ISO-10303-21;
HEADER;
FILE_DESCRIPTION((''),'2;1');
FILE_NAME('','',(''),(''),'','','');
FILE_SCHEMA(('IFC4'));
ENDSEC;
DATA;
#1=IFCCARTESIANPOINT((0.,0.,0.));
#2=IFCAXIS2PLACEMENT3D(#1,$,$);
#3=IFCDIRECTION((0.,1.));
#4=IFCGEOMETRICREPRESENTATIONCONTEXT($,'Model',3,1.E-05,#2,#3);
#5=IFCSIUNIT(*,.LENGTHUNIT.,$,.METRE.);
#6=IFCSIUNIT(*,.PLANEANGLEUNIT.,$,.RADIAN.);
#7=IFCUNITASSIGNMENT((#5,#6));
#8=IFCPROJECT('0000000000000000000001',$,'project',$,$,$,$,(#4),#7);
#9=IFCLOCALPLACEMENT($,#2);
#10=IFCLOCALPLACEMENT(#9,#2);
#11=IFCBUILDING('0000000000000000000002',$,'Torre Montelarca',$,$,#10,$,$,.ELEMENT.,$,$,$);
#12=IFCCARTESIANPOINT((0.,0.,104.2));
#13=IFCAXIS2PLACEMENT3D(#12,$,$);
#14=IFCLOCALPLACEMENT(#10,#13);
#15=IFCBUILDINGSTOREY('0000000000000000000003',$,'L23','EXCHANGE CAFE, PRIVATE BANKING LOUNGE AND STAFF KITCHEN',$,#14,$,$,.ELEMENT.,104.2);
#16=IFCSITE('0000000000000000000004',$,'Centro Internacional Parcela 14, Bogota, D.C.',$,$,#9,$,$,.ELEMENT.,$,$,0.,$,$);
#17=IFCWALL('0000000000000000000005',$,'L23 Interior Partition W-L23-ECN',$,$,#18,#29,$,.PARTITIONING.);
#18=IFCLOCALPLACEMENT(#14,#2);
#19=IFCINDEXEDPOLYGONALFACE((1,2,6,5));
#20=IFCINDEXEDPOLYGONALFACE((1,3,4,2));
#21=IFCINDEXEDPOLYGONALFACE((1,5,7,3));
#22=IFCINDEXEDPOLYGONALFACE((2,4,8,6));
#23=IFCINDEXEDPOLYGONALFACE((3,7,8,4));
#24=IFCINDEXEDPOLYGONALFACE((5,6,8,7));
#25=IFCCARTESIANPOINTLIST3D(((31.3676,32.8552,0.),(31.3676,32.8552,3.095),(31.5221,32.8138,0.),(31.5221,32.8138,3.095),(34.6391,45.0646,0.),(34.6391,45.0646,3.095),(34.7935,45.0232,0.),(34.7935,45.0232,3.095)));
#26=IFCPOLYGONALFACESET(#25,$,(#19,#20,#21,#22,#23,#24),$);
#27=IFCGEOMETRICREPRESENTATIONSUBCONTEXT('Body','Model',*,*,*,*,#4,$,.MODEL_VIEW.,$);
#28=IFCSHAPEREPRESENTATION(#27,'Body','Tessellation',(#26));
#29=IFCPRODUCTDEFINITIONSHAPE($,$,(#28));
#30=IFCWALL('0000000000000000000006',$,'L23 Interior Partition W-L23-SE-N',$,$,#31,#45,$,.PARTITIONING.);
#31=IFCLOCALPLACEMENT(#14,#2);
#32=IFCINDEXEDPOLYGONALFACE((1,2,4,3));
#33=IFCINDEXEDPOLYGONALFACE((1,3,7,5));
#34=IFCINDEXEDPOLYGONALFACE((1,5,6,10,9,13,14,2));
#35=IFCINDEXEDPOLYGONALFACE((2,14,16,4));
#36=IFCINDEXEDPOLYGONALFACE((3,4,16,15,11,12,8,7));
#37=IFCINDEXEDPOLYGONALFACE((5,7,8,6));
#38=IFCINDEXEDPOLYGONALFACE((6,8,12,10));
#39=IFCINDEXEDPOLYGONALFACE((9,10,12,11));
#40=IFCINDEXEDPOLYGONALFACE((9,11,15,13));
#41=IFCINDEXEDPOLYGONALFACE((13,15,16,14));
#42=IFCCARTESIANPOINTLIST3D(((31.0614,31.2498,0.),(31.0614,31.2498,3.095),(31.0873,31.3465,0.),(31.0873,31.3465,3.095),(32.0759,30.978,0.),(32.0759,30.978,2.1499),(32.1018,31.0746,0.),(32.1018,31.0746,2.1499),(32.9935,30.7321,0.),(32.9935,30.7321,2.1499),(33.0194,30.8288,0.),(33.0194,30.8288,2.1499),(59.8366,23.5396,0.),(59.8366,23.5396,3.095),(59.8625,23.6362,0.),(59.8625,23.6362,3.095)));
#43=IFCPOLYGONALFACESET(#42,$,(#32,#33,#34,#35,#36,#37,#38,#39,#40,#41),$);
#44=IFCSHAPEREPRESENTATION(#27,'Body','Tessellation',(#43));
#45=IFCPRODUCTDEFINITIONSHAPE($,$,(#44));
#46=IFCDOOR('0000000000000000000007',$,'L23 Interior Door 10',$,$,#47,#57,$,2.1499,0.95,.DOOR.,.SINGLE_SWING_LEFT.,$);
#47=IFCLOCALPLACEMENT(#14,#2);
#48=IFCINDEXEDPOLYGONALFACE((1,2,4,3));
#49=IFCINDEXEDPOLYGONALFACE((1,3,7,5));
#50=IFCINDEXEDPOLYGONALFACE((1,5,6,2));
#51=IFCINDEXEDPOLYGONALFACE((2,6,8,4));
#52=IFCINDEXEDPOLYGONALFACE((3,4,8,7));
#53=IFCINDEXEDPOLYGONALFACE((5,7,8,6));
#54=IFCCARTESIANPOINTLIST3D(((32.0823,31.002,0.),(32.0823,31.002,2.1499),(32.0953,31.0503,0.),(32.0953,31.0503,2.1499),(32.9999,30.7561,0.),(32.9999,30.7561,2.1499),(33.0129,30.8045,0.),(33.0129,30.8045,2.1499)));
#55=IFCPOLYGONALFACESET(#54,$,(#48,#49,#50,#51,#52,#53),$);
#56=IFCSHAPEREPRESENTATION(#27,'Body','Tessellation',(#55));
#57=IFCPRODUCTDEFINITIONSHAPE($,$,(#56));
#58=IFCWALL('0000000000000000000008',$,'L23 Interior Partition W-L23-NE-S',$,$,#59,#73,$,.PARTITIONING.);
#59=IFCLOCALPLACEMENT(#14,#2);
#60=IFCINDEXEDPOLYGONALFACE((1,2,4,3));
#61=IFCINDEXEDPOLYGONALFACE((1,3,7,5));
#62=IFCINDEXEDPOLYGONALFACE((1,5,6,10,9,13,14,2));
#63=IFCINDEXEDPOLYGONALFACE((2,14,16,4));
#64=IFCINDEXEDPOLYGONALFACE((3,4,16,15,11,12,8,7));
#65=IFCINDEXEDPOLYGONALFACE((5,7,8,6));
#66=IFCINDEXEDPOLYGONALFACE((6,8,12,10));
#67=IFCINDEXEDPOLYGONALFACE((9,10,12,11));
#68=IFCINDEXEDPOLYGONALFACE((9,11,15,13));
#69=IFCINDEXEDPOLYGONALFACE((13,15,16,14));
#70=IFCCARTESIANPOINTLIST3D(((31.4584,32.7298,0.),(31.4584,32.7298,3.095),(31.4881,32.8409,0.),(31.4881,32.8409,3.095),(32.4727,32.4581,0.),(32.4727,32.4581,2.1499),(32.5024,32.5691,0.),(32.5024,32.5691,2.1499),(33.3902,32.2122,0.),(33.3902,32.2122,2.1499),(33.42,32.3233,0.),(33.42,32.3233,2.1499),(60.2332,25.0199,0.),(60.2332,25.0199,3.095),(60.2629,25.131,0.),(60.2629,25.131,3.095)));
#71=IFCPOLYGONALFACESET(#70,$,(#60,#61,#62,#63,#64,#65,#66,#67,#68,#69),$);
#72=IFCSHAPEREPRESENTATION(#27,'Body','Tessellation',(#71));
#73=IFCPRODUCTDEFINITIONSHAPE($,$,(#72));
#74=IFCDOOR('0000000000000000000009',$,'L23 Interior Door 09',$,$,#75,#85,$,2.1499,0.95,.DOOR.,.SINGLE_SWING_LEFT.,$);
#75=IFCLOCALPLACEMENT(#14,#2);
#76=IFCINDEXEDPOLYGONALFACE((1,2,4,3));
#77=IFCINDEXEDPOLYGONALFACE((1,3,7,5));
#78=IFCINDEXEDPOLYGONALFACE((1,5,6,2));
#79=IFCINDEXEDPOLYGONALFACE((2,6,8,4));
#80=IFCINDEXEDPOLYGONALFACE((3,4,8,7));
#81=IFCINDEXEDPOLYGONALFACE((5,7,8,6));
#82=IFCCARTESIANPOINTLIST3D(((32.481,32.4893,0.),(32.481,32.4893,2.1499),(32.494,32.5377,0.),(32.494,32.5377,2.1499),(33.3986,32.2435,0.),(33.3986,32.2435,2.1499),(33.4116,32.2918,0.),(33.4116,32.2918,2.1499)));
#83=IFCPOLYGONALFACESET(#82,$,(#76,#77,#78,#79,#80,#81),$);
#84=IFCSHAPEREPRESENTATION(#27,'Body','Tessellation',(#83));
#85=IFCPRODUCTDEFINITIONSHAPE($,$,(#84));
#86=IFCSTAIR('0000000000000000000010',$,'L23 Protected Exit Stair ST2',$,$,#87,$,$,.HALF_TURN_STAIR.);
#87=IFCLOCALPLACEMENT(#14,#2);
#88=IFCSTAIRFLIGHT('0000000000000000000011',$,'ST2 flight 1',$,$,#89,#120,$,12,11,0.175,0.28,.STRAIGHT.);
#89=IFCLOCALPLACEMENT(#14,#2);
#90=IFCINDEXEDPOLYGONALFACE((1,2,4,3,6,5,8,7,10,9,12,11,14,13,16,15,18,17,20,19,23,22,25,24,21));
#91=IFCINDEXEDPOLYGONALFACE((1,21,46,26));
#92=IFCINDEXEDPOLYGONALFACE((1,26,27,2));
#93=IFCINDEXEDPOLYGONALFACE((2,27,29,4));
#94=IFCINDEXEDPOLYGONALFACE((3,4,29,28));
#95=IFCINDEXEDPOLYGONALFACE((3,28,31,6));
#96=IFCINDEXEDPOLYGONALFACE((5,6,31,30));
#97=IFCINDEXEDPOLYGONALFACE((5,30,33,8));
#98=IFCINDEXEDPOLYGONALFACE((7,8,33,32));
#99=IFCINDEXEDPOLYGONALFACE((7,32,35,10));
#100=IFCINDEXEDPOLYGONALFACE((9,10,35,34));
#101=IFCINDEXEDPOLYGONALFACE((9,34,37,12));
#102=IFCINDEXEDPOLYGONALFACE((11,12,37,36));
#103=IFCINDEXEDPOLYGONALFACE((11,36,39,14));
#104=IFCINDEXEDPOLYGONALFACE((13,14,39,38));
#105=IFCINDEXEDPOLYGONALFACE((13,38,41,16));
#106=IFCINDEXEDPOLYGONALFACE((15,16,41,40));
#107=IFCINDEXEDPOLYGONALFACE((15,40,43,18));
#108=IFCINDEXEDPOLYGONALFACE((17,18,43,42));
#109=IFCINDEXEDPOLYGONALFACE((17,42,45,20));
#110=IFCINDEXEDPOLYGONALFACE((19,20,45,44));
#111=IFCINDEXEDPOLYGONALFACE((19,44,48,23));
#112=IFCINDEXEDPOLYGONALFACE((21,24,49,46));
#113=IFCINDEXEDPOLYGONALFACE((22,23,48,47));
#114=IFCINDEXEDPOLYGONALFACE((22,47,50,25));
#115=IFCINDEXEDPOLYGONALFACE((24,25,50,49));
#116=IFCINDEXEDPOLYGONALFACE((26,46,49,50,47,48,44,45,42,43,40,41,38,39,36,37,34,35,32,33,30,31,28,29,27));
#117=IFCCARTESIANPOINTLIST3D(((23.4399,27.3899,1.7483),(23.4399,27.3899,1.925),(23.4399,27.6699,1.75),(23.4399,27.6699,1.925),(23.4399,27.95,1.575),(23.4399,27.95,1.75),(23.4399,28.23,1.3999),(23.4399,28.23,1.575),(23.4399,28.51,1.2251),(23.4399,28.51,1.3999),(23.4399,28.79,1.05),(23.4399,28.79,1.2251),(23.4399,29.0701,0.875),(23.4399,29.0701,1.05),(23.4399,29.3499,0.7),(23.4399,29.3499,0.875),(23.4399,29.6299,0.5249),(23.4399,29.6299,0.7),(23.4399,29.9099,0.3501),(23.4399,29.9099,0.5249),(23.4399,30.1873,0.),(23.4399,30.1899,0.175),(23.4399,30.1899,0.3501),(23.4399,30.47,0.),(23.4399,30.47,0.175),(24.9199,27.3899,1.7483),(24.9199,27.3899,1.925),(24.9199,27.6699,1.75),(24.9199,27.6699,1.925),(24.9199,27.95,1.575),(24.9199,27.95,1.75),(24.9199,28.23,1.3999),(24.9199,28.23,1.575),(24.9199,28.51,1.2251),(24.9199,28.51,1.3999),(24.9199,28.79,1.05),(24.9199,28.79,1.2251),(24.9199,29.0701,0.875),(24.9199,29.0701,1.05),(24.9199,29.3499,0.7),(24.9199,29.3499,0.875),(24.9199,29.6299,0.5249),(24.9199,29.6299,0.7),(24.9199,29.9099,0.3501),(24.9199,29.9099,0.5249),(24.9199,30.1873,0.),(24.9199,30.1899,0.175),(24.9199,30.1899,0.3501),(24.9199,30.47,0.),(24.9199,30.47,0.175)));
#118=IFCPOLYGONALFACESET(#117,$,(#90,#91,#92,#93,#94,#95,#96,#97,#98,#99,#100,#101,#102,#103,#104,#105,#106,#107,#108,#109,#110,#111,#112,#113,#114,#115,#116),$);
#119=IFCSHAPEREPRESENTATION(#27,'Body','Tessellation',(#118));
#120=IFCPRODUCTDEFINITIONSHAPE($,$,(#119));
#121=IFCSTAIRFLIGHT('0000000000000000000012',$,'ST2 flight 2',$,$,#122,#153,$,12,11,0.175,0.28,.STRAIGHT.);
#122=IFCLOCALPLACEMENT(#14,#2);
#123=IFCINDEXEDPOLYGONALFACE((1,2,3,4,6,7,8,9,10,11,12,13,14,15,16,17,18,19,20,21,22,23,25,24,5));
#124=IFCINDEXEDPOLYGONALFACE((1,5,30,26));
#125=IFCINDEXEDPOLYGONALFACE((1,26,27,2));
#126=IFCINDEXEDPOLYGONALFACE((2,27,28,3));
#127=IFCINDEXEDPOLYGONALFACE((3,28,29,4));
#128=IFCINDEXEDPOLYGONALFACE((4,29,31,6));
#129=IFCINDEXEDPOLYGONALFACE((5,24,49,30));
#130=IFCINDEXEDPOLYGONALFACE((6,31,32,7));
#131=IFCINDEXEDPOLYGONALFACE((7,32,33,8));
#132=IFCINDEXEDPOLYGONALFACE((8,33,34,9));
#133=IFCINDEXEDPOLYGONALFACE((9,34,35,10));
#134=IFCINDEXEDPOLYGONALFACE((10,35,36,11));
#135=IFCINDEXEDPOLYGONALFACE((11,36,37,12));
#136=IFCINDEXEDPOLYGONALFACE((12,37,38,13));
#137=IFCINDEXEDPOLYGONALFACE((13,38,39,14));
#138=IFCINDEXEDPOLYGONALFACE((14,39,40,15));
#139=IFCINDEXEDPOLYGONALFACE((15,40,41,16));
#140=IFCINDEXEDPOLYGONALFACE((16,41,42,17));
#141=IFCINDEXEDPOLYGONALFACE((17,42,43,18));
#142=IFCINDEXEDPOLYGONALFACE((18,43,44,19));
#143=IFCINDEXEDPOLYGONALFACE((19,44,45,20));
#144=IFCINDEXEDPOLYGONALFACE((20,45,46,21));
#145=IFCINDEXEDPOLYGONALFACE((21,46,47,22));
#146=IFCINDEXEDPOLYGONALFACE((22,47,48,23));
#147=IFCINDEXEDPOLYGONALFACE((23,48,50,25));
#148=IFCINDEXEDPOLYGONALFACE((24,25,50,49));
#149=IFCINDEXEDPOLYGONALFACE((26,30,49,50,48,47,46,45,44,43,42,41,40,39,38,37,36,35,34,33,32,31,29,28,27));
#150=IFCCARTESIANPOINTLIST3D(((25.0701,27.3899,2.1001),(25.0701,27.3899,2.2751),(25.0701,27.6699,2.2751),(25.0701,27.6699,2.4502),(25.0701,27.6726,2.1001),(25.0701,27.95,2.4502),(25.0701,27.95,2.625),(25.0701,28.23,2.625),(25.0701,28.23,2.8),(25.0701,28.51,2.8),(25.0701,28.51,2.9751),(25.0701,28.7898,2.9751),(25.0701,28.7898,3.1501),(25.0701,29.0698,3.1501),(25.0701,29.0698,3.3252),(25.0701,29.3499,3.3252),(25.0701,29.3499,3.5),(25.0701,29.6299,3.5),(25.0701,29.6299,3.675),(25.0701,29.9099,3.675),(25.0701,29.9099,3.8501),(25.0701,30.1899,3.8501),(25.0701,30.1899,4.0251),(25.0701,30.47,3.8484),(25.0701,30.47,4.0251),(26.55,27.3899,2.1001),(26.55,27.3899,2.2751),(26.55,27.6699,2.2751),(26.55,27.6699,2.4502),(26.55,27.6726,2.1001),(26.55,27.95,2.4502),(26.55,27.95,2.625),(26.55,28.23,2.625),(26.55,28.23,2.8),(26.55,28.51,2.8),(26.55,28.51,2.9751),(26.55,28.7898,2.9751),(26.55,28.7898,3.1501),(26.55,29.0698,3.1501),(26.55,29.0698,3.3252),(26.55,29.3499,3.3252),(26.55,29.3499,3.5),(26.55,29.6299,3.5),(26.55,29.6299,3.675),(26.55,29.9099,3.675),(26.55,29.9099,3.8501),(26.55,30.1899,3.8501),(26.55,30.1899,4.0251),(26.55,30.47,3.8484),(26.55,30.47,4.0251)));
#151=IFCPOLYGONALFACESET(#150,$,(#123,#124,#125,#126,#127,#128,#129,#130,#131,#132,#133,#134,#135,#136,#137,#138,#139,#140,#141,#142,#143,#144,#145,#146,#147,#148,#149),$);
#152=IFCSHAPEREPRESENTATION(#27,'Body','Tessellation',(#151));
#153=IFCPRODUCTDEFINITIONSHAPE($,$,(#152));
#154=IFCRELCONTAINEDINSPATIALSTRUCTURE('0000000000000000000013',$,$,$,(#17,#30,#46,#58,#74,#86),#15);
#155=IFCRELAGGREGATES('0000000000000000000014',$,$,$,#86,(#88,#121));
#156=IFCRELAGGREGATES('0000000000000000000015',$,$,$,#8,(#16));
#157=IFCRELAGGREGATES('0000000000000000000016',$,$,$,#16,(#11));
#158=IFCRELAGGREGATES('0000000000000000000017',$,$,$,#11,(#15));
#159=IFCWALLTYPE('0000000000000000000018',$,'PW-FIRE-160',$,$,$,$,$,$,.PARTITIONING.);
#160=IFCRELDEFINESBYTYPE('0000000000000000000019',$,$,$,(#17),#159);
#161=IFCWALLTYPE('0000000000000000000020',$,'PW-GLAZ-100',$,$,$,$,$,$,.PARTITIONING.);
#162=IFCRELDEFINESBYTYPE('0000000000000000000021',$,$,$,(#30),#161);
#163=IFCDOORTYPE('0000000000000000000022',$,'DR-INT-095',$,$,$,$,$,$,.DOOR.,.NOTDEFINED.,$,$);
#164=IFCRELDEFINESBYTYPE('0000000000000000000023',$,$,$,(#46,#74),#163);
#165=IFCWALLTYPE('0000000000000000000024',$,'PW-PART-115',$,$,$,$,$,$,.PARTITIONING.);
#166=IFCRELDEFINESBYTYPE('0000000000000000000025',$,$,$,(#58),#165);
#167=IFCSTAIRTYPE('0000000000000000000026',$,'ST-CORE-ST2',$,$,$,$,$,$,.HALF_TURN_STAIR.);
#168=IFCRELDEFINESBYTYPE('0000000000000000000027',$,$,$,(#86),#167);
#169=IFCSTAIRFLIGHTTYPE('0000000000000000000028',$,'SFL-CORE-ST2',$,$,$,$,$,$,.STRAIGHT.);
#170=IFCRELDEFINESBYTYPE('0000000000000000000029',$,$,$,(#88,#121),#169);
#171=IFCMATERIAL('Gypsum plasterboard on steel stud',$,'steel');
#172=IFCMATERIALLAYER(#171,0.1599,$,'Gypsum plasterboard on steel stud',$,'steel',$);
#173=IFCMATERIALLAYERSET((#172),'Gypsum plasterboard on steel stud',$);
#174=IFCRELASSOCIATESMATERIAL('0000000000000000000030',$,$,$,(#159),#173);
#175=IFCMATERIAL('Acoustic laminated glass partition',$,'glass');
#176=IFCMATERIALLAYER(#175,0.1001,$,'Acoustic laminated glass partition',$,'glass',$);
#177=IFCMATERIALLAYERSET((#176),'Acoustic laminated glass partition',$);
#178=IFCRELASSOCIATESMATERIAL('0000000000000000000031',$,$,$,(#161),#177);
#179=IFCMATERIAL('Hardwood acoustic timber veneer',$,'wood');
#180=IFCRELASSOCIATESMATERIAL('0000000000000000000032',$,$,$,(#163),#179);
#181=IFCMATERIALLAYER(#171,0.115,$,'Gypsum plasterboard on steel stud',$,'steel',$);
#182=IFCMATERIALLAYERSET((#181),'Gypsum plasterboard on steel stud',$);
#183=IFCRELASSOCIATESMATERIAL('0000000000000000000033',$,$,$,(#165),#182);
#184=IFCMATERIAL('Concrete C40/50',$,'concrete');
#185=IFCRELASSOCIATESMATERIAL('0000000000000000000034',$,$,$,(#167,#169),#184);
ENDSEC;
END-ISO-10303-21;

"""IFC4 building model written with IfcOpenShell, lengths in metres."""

from ifc_helpers import new_model, si_unit, direction, frame, frame_2d, origin, place, context, subcontext, project, spatial, polyline, rectangle, outline, extrude, source, transform, mapped, material, layer, layer_set, type_object, element, fill, aggregate, save


model = new_model("IFC4")

# Units and contexts
model_context = context("Model", 3, precision=1e-05, world=origin(), true_north=direction((0.0, 1.0)))
body_context = subcontext(model_context, "Body", "Model", "MODEL_VIEW")
ifc_project = project(units=[si_unit("LENGTHUNIT", "METRE"), si_unit("PLANEANGLEUNIT", "RADIAN")], contexts=[model_context])

# Site, building, storey
site_placement = place(None, origin())
site = spatial("IfcSite", under=ifc_project, at=site_placement, Name="Centro Internacional Parcela 14, Bogota, D.C.", CompositionType="ELEMENT", RefElevation=0.0)
building_placement = place(site_placement, origin())
building = spatial("IfcBuilding", under=site, at=building_placement, Name="Torre Montelarca", CompositionType="ELEMENT")
storey_placement = place(building_placement, frame((0.0, 0.0, 104.2)))
storey = spatial("IfcBuildingStorey", under=building, at=storey_placement, Name="L23", Description="EXCHANGE CAFE, PRIVATE BANKING LOUNGE AND STAFF KITCHEN", CompositionType="ELEMENT", Elevation=104.2)

# Shared definitions
ifc_material_1 = material(Name="Concrete C40/50", Category="concrete")

# Wall
ifc_material_2 = material(Name="Gypsum plasterboard on steel stud", Category="steel")
ifc_layer_1 = layer(ifc_material_2, 0.1599, Name="Gypsum plasterboard on steel stud", Category="steel")
ifc_layer_set_1 = layer_set([ifc_layer_1], Name="Gypsum plasterboard on steel stud")
wall_type_1 = type_object("IfcWallType", Name="PW-FIRE-160", PredefinedType="PARTITIONING", material=ifc_layer_set_1)
wall_1_placement = place(storey_placement, frame((31.4448, 32.8345, 0.0), z_axis=(0.0, 0.0, 1.0), x_axis=(0.258817, 0.965926, 0.0)))
element("IfcWall", 1, at=wall_1_placement, inside=storey, type_object=wall_type_1, Name="L23 Interior Partition W-L23-ECN", PredefinedType="PARTITIONING", context=body_context, shape_type="SweptSolid", body=[
    extrude(rectangle(XDim=12.6401, YDim=0.1599, at=frame_2d((6.3201, 0.0))), origin(), (0.0, 0.0, 1.0), 3.095),
])

# Walls, openings, doors
ifc_material_3 = material(Name="Acoustic laminated glass partition", Category="glass")
ifc_layer_2 = layer(ifc_material_3, 0.1001, Name="Acoustic laminated glass partition", Category="glass")
ifc_layer_set_2 = layer_set([ifc_layer_2], Name="Acoustic laminated glass partition")
wall_type_2 = type_object("IfcWallType", Name="PW-GLAZ-100", PredefinedType="PARTITIONING", material=ifc_layer_set_2)
wall_2_placement = place(storey_placement, frame((31.0745, 31.2981, 0.0), z_axis=(0.0, 0.0, 1.0), x_axis=(0.965926, -0.258817, 0.0)))
wall_2 = element("IfcWall", 2, at=wall_2_placement, inside=storey, type_object=wall_type_2, Name="L23 Interior Partition W-L23-SE-N", PredefinedType="PARTITIONING", context=body_context, shape_type="SweptSolid", body=[
    extrude(rectangle(XDim=29.7903, YDim=0.1001, at=frame_2d((14.895, 0.0))), origin(), (0.0, 0.0, 1.0), 3.095),
])
opening_1_placement = place(wall_2_placement, frame((1.05, 0.0, 0.0)))
opening_1 = element("IfcOpeningElement", 3, at=opening_1_placement, cuts=wall_2, PredefinedType="OPENING", context=body_context, shape_type="SweptSolid", body=[
    extrude(rectangle(XDim=0.95, YDim=2.1499, at=frame_2d((0.4751, 1.075))), frame((0.0, 0.0601, 0.0), z_axis=(0.0, -1.0, 0.0), x_axis=(1.0, 0.0, 0.0)), (0.0, 0.0, 1.0), 0.1201),
])
ifc_material_4 = material(Name="Hardwood acoustic timber veneer", Category="wood")
door_type_1 = type_object("IfcDoorType", Name="DR-INT-095", OperationType="NOTDEFINED", PredefinedType="DOOR", material=ifc_material_4)
shared_shape_1 = source(origin(), body_context, "Body", "SweptSolid", [
    extrude(rectangle(XDim=0.95, YDim=2.1499, at=frame_2d((0.4751, 1.075))), frame((0.0, 0.0249, 0.0), z_axis=(0.0, -1.0, 0.0), x_axis=(1.0, 0.0, 0.0)), (0.0, 0.0, 1.0), 0.05),
])
door_1_placement = place(opening_1_placement, origin())
door_1 = element("IfcDoor", 4, at=door_1_placement, inside=storey, type_object=door_type_1, Name="L23 Interior Door 10", OperationType="SINGLE_SWING_LEFT", OverallHeight=2.1499, OverallWidth=0.95, PredefinedType="DOOR", context=body_context, shape_type="MappedRepresentation", body=[
    mapped(shared_shape_1, transform((0.0, 0.0, 0.0), scale=1.0)),
])
fill(opening_1, door_1)
ifc_layer_3 = layer(ifc_material_2, 0.115, Name="Gypsum plasterboard on steel stud", Category="steel")
ifc_layer_set_3 = layer_set([ifc_layer_3], Name="Gypsum plasterboard on steel stud")
wall_type_3 = type_object("IfcWallType", Name="PW-PART-115", PredefinedType="PARTITIONING", material=ifc_layer_set_3)
wall_3_placement = place(storey_placement, frame((31.4731, 32.7854, 0.0), z_axis=(0.0, 0.0, 1.0), x_axis=(0.965928, -0.258811, 0.0)))
wall_3 = element("IfcWall", 5, at=wall_3_placement, inside=storey, type_object=wall_type_3, Name="L23 Interior Partition W-L23-NE-S", PredefinedType="PARTITIONING", context=body_context, shape_type="SweptSolid", body=[
    extrude(rectangle(XDim=29.7898, YDim=0.115, at=frame_2d((14.895, 0.0))), origin(), (0.0, 0.0, 1.0), 3.095),
])
opening_2_placement = place(wall_3_placement, frame((1.05, 0.0, 0.0)))
opening_2 = element("IfcOpeningElement", 6, at=opening_2_placement, cuts=wall_3, PredefinedType="OPENING", context=body_context, shape_type="SweptSolid", body=[
    extrude(rectangle(XDim=0.95, YDim=2.1499, at=frame_2d((0.4751, 1.075))), frame((0.0, 0.0674, 0.0), z_axis=(0.0, -1.0, 0.0), x_axis=(1.0, 0.0, 0.0)), (0.0, 0.0, 1.0), 0.135),
])
door_2_placement = place(opening_2_placement, origin())
door_2 = element("IfcDoor", 7, at=door_2_placement, inside=storey, type_object=door_type_1, Name="L23 Interior Door 09", OperationType="SINGLE_SWING_LEFT", OverallHeight=2.1499, OverallWidth=0.95, PredefinedType="DOOR", context=body_context, shape_type="MappedRepresentation", body=[
    mapped(shared_shape_1, transform((0.0, 0.0, 0.0), scale=1.0)),
])
fill(opening_2, door_2)

# Stair, stair flights
stair_type = type_object("IfcStairType", Name="ST-CORE-ST2", PredefinedType="HALF_TURN_STAIR", material=ifc_material_1)
stair_placement = place(storey_placement, origin())
stair = element("IfcStair", 8, at=stair_placement, inside=storey, type_object=stair_type, Name="L23 Protected Exit Stair ST2", PredefinedType="HALF_TURN_STAIR")
stair_flight_type = type_object("IfcStairFlightType", Name="SFL-CORE-ST2", PredefinedType="STRAIGHT", material=ifc_material_1)
stair_flight_1_placement = place(storey_placement, frame((24.1799, 30.47, 0.0), z_axis=(0.0, 0.0, 1.0), x_axis=(0.0, -1.0, 0.0)))
stair_flight_1 = element("IfcStairFlight", 9, at=stair_flight_1_placement, type_object=stair_flight_type, Name="ST2 flight 1", NumberOfRisers=12, NumberOfTreads=11, PredefinedType="STRAIGHT", RiserHeight=0.175, TreadLength=0.28, context=body_context, shape_type="SweptSolid", body=[
    extrude(outline(polyline([(0.0, 0.0), (0.0, 0.175), (0.28, 0.175), (0.28, 0.3501), (0.5601, 0.3501), (0.5601, 0.5249), (0.8401, 0.5249), (0.8401, 0.7), (1.1201, 0.7), (1.1201, 0.875), (1.3999, 0.875), (1.3999, 1.05), (1.6799, 1.05), (1.6799, 1.2251), (1.96, 1.2251), (1.96, 1.3999), (2.24, 1.3999), (2.24, 1.575), (2.52, 1.575), (2.52, 1.75), (2.8, 1.75), (2.8, 1.925), (3.0801, 1.925), (3.0801, 2.1001), (3.0801, 1.7483), (0.2827, 0.0), (0.0, 0.0)])), frame((0.0, 0.74, 0.0), z_axis=(0.0, -1.0, 0.0), x_axis=(1.0, 0.0, 0.0)), (0.0, 0.0, 1.0), 1.48),
])
stair_flight_2_placement = place(storey_placement, frame((25.8101, 27.3899, 2.1001), z_axis=(0.0, 0.0, 1.0), x_axis=(0.0, 1.0, 0.0)))
stair_flight_2 = element("IfcStairFlight", 10, at=stair_flight_2_placement, type_object=stair_flight_type, Name="ST2 flight 2", NumberOfRisers=12, NumberOfTreads=11, PredefinedType="STRAIGHT", RiserHeight=0.175, TreadLength=0.28, context=body_context, shape_type="SweptSolid", body=[
    extrude(outline(polyline([(0.0, 0.0), (0.0, 0.175), (0.28, 0.175), (0.28, 0.3501), (0.5601, 0.3501), (0.5601, 0.5249), (0.8401, 0.5249), (0.8401, 0.7), (1.1201, 0.7), (1.1201, 0.875), (1.3999, 0.875), (1.3999, 1.05), (1.6799, 1.05), (1.6799, 1.2251), (1.96, 1.2251), (1.96, 1.3999), (2.24, 1.3999), (2.24, 1.575), (2.52, 1.575), (2.52, 1.75), (2.8, 1.75), (2.8, 1.925), (3.0801, 1.925), (3.0801, 2.1001), (3.0801, 1.7483), (0.2827, 0.0), (0.0, 0.0)])), frame((0.0, 0.74, 0.0), z_axis=(0.0, -1.0, 0.0), x_axis=(1.0, 0.0, 0.0)), (0.0, 0.0, 1.0), 1.48),
])
aggregate(stair, [stair_flight_1, stair_flight_2])

save(model, "model.ifc")
